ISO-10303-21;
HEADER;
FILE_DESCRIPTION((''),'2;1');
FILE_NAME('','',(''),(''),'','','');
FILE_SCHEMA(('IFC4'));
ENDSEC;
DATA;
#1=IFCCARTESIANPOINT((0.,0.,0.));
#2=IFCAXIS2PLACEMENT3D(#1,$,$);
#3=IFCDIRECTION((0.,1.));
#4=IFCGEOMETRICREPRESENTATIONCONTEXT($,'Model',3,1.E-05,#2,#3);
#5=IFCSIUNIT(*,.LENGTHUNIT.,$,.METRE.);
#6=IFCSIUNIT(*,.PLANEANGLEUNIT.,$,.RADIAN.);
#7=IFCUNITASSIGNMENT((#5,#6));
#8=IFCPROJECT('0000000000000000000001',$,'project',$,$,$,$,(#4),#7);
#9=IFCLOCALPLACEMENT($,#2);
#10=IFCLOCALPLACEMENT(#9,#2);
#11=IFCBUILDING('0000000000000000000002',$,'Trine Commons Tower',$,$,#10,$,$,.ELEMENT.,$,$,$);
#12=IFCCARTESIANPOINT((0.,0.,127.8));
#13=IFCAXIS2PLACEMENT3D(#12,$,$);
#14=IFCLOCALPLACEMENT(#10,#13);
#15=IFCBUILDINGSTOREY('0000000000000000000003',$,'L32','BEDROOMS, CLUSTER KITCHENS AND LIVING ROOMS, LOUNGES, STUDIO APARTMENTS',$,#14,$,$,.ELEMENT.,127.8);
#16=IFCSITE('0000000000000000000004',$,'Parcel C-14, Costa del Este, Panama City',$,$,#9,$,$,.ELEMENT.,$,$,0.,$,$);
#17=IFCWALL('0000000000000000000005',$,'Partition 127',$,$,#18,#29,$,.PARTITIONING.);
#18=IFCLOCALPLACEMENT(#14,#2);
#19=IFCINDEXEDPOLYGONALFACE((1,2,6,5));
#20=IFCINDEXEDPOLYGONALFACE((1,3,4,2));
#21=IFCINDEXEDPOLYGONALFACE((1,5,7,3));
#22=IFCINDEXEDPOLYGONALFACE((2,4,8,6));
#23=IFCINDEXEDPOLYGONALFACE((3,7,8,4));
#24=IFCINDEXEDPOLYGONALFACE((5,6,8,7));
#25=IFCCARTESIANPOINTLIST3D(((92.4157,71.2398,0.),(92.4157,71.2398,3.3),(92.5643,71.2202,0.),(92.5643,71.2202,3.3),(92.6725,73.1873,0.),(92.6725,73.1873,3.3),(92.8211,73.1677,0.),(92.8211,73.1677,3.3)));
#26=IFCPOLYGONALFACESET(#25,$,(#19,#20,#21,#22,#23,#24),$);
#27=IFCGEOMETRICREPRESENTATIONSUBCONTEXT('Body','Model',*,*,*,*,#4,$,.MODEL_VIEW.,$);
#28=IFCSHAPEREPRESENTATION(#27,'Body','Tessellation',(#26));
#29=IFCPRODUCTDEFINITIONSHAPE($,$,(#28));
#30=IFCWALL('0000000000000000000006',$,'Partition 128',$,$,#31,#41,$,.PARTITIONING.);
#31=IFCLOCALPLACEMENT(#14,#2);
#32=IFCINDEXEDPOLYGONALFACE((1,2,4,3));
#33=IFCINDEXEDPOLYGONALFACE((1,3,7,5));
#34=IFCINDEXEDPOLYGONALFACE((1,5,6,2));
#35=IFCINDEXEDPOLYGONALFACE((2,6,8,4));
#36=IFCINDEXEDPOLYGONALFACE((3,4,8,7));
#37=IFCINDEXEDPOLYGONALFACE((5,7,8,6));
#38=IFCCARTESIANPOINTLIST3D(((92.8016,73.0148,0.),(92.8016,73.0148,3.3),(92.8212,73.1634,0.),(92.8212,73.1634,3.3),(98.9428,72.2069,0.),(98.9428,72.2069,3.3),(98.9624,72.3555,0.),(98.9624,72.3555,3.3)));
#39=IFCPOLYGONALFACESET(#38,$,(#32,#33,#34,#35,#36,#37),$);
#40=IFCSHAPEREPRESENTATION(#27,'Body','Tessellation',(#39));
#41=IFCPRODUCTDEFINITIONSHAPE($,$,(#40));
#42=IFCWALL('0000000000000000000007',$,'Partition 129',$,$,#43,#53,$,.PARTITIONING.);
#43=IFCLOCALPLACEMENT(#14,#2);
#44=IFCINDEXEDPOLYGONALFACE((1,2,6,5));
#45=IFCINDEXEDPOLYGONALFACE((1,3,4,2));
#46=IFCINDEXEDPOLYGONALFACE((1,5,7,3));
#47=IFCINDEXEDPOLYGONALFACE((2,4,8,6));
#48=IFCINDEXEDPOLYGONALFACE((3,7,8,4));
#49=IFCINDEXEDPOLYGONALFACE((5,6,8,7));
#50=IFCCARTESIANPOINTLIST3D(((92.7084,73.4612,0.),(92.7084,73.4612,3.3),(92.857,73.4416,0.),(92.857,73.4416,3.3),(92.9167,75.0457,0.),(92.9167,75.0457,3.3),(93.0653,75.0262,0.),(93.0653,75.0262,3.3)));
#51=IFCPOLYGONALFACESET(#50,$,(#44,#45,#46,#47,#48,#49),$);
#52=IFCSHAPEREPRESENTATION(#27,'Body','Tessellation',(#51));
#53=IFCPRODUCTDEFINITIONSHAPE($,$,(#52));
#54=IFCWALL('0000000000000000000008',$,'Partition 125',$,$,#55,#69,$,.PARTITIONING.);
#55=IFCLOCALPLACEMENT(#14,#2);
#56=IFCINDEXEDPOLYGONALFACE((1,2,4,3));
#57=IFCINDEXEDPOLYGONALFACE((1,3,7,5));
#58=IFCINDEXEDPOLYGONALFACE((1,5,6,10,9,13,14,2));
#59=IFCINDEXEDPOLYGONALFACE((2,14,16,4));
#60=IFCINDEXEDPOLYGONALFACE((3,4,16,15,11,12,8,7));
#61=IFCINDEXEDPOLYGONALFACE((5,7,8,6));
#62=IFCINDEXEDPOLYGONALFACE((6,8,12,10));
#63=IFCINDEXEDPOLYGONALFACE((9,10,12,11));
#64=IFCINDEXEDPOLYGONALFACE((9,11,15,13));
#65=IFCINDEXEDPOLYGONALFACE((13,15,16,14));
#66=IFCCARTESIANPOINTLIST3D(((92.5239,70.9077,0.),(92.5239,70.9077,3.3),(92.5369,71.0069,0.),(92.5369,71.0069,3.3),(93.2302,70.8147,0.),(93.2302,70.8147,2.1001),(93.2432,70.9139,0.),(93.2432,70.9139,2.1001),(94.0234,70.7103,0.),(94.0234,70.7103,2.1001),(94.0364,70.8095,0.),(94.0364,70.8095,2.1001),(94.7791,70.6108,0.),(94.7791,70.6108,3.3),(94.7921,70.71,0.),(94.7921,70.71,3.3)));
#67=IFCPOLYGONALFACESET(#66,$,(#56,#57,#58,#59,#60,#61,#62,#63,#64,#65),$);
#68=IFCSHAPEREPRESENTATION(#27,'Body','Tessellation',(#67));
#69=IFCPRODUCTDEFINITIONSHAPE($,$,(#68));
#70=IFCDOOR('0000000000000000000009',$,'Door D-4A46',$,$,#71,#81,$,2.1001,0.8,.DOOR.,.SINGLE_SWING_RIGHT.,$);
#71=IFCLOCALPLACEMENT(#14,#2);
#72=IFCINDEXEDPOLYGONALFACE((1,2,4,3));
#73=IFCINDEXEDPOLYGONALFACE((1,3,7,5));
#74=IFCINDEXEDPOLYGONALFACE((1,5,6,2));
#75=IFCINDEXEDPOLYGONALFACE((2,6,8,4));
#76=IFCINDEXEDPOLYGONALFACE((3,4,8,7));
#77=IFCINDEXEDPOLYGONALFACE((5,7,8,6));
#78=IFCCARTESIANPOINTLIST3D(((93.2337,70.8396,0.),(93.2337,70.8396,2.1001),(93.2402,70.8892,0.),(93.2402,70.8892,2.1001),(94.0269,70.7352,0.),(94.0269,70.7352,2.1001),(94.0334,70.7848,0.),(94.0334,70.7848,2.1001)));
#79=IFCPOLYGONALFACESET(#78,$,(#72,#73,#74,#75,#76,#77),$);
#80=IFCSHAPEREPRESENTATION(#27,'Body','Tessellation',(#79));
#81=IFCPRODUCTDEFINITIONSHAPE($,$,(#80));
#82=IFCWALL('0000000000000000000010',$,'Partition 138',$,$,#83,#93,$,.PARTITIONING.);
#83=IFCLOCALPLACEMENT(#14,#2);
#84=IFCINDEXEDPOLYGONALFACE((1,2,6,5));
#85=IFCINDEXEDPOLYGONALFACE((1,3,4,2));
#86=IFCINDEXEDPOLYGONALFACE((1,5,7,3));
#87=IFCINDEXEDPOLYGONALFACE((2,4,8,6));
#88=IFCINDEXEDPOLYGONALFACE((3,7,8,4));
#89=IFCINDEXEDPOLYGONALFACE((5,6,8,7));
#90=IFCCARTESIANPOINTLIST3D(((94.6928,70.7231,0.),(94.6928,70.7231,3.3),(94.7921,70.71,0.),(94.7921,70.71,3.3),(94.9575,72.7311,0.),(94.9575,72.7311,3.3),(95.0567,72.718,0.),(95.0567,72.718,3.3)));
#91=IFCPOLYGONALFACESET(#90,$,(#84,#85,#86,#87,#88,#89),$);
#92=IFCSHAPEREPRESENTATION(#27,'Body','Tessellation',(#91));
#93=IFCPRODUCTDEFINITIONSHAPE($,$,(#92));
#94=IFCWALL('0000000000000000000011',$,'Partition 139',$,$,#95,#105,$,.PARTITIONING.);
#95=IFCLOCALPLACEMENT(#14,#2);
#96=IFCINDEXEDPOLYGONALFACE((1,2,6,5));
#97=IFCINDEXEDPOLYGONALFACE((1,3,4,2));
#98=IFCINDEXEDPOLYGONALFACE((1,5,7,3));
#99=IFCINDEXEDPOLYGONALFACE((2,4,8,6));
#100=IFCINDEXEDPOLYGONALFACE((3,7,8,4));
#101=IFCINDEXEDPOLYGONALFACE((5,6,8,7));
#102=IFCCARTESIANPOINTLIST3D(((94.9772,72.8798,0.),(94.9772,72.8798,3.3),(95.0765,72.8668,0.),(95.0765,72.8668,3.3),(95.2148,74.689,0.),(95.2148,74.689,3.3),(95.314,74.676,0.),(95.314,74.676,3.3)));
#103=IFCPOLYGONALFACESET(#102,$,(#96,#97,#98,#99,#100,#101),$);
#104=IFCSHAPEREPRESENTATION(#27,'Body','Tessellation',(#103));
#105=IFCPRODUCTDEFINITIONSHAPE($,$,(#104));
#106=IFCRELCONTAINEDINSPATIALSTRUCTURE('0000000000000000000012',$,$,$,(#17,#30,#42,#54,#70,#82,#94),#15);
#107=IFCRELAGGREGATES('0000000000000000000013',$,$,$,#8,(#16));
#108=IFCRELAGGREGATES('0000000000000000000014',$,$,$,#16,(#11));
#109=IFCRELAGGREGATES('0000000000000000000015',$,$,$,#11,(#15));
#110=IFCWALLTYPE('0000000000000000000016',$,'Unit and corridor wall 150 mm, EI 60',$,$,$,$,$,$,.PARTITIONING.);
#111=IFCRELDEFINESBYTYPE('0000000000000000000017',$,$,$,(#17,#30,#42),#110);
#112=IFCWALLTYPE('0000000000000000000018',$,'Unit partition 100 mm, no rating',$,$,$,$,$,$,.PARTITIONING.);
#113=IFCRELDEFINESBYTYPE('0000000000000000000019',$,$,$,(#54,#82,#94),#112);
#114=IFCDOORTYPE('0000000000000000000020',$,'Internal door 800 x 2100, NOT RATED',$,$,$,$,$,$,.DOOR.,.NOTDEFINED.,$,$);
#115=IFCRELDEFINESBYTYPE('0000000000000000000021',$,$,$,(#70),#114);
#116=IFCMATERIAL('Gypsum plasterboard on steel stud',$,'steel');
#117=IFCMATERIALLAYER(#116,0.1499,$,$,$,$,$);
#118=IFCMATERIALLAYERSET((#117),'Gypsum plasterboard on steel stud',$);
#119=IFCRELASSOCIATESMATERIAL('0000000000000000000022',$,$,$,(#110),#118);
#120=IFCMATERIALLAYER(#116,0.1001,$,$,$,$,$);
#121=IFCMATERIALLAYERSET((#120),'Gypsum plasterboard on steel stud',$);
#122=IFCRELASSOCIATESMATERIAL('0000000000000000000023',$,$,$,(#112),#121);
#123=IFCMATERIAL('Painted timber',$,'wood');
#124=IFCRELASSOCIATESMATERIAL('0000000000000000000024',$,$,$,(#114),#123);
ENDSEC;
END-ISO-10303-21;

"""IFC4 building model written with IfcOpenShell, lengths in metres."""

from ifc_helpers import new_model, si_unit, direction, frame, frame_2d, origin, place, context, subcontext, project, spatial, rectangle, extrude, material, layer, layer_set, type_object, element, fill, save


model = new_model("IFC4")

# Units and contexts
model_context = context("Model", 3, precision=1e-05, world=origin(), true_north=direction((0.0, 1.0)))
body_context = subcontext(model_context, "Body", "Model", "MODEL_VIEW")
ifc_project = project(units=[si_unit("LENGTHUNIT", "METRE"), si_unit("PLANEANGLEUNIT", "RADIAN")], contexts=[model_context])

# Site, building, storey
site_placement = place(None, origin())
site = spatial("IfcSite", under=ifc_project, at=site_placement, Name="Parcel C-14, Costa del Este, Panama City", CompositionType="ELEMENT", RefElevation=0.0)
building_placement = place(site_placement, origin())
building = spatial("IfcBuilding", under=site, at=building_placement, Name="Trine Commons Tower", CompositionType="ELEMENT")
storey_placement = place(building_placement, frame((0.0, 0.0, 127.8)))
storey = spatial("IfcBuildingStorey", under=building, at=storey_placement, Name="L32", Description="BEDROOMS, CLUSTER KITCHENS AND LIVING ROOMS, LOUNGES, STUDIO APARTMENTS", CompositionType="ELEMENT", Elevation=127.8)

# Shared definitions
ifc_material_1 = material(Name="Gypsum plasterboard on steel stud", Category="steel")
ifc_layer_1 = layer(ifc_material_1, 0.1499)
ifc_layer_set_1 = layer_set([ifc_layer_1], Name="Gypsum plasterboard on steel stud")
wall_type_1 = type_object("IfcWallType", Name="Unit and corridor wall 150 mm, EI 60", PredefinedType="PARTITIONING", material=ifc_layer_set_1)

# Shared definitions
ifc_material_2 = material(Name="Painted timber", Category="wood")

# Walls
wall_1_placement = place(storey_placement, frame((92.49, 71.23, 0.0), z_axis=(0.0, 0.0, 1.0), x_axis=(0.130747, 0.991416, 0.0)))
element("IfcWall", 1, at=wall_1_placement, inside=storey, type_object=wall_type_1, Name="Partition 127", PredefinedType="PARTITIONING", context=body_context, shape_type="SweptSolid", body=[
    extrude(rectangle(XDim=1.9644, YDim=0.1499, at=frame_2d((0.9822, 0.0))), origin(), (0.0, 0.0, 1.0), 3.3),
])
wall_2_placement = place(storey_placement, frame((92.8113, 73.0891, 0.0), z_axis=(0.0, 0.0, 1.0), x_axis=(0.991458, -0.130426, 0.0)))
element("IfcWall", 2, at=wall_2_placement, inside=storey, type_object=wall_type_1, Name="Partition 128", PredefinedType="PARTITIONING", context=body_context, shape_type="SweptSolid", body=[
    extrude(rectangle(XDim=6.1941, YDim=0.1499, at=frame_2d((3.0972, 0.0))), origin(), (0.0, 0.0, 1.0), 3.3),
])
wall_3_placement = place(storey_placement, frame((92.7827, 73.4514, 0.0), z_axis=(0.0, 0.0, 1.0), x_axis=(0.130312, 0.991473, 0.0)))
element("IfcWall", 3, at=wall_3_placement, inside=storey, type_object=wall_type_1, Name="Partition 129", PredefinedType="PARTITIONING", context=body_context, shape_type="SweptSolid", body=[
    extrude(rectangle(XDim=1.5981, YDim=0.1499, at=frame_2d((0.7991, 0.0))), origin(), (0.0, 0.0, 1.0), 3.3),
])

# Wall, opening, door
ifc_layer_2 = layer(ifc_material_1, 0.1001)
ifc_layer_set_2 = layer_set([ifc_layer_2], Name="Gypsum plasterboard on steel stud")
wall_type_2 = type_object("IfcWallType", Name="Unit partition 100 mm, no rating", PredefinedType="PARTITIONING", material=ifc_layer_set_2)
wall_4_placement = place(storey_placement, frame((92.5305, 70.9573, 0.0), z_axis=(0.0, 0.0, 1.0), x_axis=(0.991446, -0.130518, 0.0)))
wall_4 = element("IfcWall", 4, at=wall_4_placement, inside=storey, type_object=wall_type_2, Name="Partition 125", PredefinedType="PARTITIONING", context=body_context, shape_type="SweptSolid", body=[
    extrude(rectangle(XDim=2.2747, YDim=0.1001, at=frame_2d((1.1372, 0.0))), origin(), (0.0, 0.0, 1.0), 3.3),
])
opening_1_placement = place(wall_4_placement, frame((0.7124, 0.0, 0.0)))
opening_1 = element("IfcOpeningElement", 5, at=opening_1_placement, cuts=wall_4, PredefinedType="OPENING", context=body_context, shape_type="SweptSolid", body=[
    extrude(rectangle(XDim=0.8, YDim=2.1001, at=frame_2d((0.3999, 1.05))), frame((0.0, 0.0601, 0.0), z_axis=(0.0, -1.0, 0.0), x_axis=(1.0, 0.0, 0.0)), (0.0, 0.0, 1.0), 0.1201),
])
door_type_1 = type_object("IfcDoorType", Name="Internal door 800 x 2100, NOT RATED", OperationType="NOTDEFINED", PredefinedType="DOOR", material=ifc_material_2)
door_1_placement = place(opening_1_placement, frame((0.8, 0.0, 0.0), z_axis=(0.0, 0.0, 1.0), x_axis=(-1.0, 0.0, 0.0)))
door_1 = element("IfcDoor", 6, at=door_1_placement, inside=storey, type_object=door_type_1, Name="Door D-4A46", OperationType="SINGLE_SWING_RIGHT", OverallHeight=2.1001, OverallWidth=0.8, PredefinedType="DOOR", context=body_context, shape_type="SweptSolid", body=[
    extrude(rectangle(XDim=0.8, YDim=2.1001, at=frame_2d((0.3999, 1.05))), frame((0.0, 0.0249, 0.0), z_axis=(0.0, -1.0, 0.0), x_axis=(1.0, 0.0, 0.0)), (0.0, 0.0, 1.0), 0.05),
])
fill(opening_1, door_1)

# Walls
wall_5_placement = place(storey_placement, frame((94.7424, 70.7166, 0.0), z_axis=(0.0, 0.0, 1.0), x_axis=(0.130663, 0.991427, 0.0)))
element("IfcWall", 7, at=wall_5_placement, inside=storey, type_object=wall_type_2, Name="Partition 138", PredefinedType="PARTITIONING", context=body_context, shape_type="SweptSolid", body=[
    extrude(rectangle(XDim=2.0254, YDim=0.1001, at=frame_2d((1.0127, 0.0))), origin(), (0.0, 0.0, 1.0), 3.3),
])
wall_6_placement = place(storey_placement, frame((95.0269, 72.8733, 0.0), z_axis=(0.0, 0.0, 1.0), x_axis=(0.130191, 0.991489, 0.0)))
element("IfcWall", 8, at=wall_6_placement, inside=storey, type_object=wall_type_2, Name="Partition 139", PredefinedType="PARTITIONING", context=body_context, shape_type="SweptSolid", body=[
    extrude(rectangle(XDim=1.8247, YDim=0.1001, at=frame_2d((0.9124, 0.0))), origin(), (0.0, 0.0, 1.0), 3.3),
])

save(model, "model.ifc")
